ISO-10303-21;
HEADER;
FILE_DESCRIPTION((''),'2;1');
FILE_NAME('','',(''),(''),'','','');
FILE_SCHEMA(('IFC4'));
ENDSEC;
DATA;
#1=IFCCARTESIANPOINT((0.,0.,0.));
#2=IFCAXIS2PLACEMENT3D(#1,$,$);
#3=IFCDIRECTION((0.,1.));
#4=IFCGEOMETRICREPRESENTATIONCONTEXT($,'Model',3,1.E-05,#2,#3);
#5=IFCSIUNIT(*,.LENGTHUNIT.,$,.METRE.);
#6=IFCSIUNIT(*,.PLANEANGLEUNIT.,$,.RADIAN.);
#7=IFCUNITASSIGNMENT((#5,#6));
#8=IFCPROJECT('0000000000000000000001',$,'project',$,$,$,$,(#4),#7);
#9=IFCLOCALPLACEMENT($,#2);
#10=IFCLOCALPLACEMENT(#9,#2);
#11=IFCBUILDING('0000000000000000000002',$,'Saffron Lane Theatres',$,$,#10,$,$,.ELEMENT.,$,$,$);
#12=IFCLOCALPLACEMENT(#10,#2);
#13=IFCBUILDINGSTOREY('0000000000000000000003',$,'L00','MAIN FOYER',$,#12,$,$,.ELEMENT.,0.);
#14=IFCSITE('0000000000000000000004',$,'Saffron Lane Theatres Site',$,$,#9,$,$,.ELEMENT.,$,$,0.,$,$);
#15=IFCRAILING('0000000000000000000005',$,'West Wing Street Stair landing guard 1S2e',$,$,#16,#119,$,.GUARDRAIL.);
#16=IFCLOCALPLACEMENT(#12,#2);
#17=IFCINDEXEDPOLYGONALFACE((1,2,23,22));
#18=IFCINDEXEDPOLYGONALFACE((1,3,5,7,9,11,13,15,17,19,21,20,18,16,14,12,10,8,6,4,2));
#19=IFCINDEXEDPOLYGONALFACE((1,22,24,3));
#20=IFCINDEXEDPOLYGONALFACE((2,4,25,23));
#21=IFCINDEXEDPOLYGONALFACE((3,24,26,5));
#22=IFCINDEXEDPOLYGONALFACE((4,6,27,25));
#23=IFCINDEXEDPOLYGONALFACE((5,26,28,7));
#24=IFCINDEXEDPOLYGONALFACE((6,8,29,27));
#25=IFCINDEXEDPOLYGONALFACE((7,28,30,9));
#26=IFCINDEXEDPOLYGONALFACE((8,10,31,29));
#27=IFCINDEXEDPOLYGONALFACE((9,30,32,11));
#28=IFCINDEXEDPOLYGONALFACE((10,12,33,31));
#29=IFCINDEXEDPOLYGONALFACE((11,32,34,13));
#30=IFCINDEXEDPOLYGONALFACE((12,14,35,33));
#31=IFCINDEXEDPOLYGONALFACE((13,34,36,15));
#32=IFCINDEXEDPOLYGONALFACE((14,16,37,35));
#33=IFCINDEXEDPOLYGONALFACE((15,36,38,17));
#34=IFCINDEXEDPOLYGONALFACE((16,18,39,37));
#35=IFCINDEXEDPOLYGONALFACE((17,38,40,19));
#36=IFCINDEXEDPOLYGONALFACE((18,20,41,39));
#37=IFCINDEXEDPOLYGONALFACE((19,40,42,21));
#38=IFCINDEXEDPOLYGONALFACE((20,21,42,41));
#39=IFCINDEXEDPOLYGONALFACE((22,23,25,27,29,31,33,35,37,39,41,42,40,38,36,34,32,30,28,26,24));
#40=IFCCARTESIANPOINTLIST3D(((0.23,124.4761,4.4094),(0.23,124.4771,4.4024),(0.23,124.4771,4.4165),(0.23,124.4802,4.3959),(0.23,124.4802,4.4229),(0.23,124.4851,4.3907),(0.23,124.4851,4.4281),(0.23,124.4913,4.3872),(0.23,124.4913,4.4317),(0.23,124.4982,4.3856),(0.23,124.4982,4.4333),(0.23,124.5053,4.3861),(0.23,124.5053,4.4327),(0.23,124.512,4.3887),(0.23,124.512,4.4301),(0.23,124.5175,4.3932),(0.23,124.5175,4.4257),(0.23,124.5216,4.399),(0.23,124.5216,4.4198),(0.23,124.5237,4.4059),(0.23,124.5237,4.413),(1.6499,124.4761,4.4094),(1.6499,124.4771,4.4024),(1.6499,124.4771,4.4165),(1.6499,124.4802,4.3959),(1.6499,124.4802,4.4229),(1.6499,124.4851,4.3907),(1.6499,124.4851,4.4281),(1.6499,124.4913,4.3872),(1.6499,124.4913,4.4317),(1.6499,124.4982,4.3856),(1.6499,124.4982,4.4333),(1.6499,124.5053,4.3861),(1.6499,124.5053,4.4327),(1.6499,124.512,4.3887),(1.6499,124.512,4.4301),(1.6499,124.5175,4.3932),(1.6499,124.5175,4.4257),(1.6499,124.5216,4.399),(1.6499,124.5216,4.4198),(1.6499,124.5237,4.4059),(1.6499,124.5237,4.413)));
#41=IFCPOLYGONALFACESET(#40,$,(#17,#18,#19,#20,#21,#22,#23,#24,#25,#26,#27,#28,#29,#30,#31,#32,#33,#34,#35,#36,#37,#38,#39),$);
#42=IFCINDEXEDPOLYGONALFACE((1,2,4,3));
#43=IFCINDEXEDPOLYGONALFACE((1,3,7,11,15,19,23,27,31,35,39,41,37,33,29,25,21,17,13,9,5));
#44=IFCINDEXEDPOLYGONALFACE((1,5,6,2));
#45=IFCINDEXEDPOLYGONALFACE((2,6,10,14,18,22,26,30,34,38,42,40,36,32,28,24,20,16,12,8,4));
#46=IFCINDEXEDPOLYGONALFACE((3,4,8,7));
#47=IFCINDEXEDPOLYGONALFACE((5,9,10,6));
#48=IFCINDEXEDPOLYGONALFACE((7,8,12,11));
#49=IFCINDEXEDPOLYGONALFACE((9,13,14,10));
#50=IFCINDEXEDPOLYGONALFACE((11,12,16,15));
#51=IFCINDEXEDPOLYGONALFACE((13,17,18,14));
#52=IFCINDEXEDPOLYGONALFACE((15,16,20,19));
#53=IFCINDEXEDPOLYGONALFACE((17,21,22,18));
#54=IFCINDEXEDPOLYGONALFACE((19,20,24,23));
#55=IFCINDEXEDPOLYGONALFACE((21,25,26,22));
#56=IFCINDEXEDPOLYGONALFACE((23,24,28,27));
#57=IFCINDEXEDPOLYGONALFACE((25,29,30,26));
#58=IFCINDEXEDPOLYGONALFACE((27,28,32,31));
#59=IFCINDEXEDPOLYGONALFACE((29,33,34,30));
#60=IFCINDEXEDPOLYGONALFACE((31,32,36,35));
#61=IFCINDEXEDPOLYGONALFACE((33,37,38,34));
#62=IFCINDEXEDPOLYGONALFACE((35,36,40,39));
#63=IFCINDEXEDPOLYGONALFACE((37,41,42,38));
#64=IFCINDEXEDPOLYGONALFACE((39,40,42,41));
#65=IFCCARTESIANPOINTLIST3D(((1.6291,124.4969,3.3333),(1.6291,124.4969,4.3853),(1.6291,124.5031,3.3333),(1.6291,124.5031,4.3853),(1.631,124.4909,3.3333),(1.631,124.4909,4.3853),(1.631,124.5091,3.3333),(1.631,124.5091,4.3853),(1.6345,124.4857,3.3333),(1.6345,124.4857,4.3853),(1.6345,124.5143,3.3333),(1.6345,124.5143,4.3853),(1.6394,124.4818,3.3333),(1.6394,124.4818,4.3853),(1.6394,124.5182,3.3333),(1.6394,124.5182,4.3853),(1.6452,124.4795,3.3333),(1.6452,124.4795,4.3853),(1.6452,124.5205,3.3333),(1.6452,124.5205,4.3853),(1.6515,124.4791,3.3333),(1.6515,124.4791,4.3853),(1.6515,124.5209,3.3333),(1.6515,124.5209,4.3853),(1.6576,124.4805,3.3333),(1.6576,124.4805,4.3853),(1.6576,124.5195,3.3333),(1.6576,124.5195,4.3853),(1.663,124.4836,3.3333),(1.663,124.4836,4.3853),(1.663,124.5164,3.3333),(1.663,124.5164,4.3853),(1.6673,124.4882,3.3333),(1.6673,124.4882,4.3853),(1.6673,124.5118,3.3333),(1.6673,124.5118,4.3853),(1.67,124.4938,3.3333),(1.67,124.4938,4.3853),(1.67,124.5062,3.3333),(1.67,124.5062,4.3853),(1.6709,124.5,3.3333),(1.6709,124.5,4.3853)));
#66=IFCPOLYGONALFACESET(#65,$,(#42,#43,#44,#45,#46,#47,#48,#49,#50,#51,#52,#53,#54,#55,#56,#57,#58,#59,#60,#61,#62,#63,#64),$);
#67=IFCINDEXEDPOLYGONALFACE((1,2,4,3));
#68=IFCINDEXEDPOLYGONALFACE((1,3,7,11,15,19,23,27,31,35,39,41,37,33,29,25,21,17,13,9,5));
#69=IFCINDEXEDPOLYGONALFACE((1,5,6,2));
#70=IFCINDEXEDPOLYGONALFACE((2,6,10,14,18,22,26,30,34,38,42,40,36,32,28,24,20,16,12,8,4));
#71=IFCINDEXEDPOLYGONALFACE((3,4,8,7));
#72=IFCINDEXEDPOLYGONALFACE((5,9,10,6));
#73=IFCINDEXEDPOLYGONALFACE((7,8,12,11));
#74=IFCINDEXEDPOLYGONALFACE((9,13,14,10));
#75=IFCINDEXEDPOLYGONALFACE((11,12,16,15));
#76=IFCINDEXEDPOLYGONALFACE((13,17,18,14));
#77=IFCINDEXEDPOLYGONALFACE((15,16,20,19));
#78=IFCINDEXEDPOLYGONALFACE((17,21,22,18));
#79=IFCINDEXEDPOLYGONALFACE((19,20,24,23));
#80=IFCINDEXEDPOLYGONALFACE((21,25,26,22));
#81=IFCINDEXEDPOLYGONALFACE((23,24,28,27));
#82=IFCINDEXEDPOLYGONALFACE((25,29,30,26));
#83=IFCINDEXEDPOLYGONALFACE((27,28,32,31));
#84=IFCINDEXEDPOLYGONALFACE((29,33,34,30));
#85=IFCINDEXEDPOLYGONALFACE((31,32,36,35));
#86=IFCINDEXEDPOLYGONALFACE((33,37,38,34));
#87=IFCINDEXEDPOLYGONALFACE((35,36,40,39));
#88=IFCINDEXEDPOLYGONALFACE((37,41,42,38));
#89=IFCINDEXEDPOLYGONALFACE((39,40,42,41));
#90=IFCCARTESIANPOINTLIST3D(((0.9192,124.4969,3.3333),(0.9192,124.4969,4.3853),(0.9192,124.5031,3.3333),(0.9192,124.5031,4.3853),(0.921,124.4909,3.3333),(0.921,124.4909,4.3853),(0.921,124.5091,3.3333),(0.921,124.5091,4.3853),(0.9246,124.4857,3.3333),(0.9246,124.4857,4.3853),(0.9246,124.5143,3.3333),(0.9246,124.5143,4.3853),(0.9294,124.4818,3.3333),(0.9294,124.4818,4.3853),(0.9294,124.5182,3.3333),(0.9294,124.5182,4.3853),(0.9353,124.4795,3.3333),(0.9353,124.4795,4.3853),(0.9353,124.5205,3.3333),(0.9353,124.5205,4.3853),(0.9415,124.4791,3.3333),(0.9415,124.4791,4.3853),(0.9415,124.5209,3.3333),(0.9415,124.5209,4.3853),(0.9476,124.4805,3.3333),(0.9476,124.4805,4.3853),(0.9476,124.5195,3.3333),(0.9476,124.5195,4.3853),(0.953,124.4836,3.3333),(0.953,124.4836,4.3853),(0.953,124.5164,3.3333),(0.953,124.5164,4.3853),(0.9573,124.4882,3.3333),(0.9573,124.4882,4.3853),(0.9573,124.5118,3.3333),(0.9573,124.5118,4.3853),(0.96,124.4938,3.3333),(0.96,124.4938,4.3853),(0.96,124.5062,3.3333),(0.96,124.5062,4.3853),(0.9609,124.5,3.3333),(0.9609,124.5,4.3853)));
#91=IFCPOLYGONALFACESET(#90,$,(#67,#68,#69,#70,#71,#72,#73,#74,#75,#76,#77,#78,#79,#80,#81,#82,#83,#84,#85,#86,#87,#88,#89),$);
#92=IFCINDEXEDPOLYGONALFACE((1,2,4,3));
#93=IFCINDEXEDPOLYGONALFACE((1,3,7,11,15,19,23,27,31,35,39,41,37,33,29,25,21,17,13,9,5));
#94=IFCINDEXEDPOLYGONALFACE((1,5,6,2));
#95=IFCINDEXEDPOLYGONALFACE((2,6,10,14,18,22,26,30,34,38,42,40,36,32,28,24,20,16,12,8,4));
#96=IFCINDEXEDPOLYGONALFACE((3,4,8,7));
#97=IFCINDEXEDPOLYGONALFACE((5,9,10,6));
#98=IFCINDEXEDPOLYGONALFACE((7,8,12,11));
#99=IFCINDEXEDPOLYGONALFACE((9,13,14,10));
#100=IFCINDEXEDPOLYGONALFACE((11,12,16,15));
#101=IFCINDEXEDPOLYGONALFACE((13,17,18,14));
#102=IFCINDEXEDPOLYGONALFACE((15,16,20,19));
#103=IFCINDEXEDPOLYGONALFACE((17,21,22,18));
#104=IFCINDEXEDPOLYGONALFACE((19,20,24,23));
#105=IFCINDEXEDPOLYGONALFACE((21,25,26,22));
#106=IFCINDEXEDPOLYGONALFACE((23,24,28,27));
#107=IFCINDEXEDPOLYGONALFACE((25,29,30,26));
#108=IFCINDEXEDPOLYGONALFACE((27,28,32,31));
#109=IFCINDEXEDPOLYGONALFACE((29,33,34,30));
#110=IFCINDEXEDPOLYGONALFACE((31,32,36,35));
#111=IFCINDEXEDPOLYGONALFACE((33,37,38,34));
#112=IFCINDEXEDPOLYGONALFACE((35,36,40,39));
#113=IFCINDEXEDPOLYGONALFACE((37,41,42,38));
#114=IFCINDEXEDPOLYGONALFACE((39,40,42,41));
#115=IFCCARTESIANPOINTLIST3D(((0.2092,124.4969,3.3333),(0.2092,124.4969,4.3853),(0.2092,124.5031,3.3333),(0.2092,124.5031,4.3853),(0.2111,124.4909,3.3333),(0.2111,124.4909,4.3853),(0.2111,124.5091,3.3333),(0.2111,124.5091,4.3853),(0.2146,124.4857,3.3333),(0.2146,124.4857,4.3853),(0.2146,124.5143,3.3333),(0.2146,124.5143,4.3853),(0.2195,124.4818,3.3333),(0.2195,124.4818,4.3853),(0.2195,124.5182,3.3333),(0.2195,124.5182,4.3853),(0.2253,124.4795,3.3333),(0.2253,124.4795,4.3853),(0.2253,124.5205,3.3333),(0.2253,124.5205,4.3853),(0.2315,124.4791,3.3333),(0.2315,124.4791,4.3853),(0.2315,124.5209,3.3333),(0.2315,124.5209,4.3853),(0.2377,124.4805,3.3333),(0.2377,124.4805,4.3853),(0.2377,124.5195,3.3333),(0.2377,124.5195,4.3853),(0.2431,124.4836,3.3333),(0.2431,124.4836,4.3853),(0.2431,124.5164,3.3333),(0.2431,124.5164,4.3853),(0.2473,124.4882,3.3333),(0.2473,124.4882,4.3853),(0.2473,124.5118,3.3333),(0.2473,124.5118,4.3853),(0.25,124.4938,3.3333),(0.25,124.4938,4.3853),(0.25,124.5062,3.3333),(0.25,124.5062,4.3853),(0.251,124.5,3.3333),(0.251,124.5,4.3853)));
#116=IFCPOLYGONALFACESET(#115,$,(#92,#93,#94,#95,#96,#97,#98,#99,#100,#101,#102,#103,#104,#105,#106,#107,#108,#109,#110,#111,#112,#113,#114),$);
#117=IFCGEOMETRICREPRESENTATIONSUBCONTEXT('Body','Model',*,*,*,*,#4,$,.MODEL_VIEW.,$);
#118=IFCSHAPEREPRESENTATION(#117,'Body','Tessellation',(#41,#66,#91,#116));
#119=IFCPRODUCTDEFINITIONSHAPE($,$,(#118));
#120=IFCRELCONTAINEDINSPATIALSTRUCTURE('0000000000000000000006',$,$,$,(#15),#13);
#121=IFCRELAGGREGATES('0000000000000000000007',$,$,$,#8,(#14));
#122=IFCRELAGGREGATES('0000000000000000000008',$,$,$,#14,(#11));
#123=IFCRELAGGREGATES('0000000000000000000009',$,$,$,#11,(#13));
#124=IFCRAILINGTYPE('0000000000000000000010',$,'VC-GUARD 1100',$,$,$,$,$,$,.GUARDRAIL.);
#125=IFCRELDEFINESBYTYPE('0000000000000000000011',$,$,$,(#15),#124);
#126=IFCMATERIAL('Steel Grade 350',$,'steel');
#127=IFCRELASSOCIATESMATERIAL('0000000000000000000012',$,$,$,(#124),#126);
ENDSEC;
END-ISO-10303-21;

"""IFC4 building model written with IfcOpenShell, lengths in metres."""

from ifc_helpers import new_model, si_unit, direction, frame, origin, origin_2d, place, context, subcontext, project, spatial, circle, extrude, material, type_object, element, save


model = new_model("IFC4")

# Units and contexts
model_context = context("Model", 3, precision=1e-05, world=origin(), true_north=direction((0.0, 1.0)))
body_context = subcontext(model_context, "Body", "Model", "MODEL_VIEW")
ifc_project = project(units=[si_unit("LENGTHUNIT", "METRE"), si_unit("PLANEANGLEUNIT", "RADIAN")], contexts=[model_context])

# Site, building, storey
site_placement = place(None, origin())
site = spatial("IfcSite", under=ifc_project, at=site_placement, Name="Saffron Lane Theatres Site", CompositionType="ELEMENT", RefElevation=0.0)
building_placement = place(site_placement, origin())
building = spatial("IfcBuilding", under=site, at=building_placement, Name="Saffron Lane Theatres", CompositionType="ELEMENT")
storey_placement = place(building_placement, origin())
storey = spatial("IfcBuildingStorey", under=building, at=storey_placement, Name="L00", Description="MAIN FOYER", CompositionType="ELEMENT", Elevation=0.0)

# Railing
ifc_material_1 = material(Name="Steel Grade 350", Category="steel")
railing_type_1 = type_object("IfcRailingType", Name="VC-GUARD 1100", PredefinedType="GUARDRAIL", material=ifc_material_1)
railing_1_placement = place(storey_placement, frame((1.6499, 124.5, 3.3333)))
element("IfcRailing", 1, at=railing_1_placement, inside=storey, type_object=railing_type_1, Name="West Wing Street Stair landing guard 1S2e", PredefinedType="GUARDRAIL", context=body_context, shape_type="SweptSolid", body=[
    extrude(circle(Radius=0.0239, at=origin_2d()), frame((0.0, 0.0, 1.0762), z_axis=(-1.0, 0.0, 0.0), x_axis=(0.0, -1.0, 0.0)), (0.0, 0.0, 1.0), 1.4199),
    extrude(circle(Radius=0.021, at=origin_2d()), origin(), (0.0, 0.0, 1.0), 1.052),
    extrude(circle(Radius=0.021, at=origin_2d()), frame((-0.71, 0.0, 0.0)), (0.0, 0.0, 1.0), 1.052),
    extrude(circle(Radius=0.021, at=origin_2d()), frame((-1.4199, 0.0, 0.0)), (0.0, 0.0, 1.0), 1.052),
])

save(model, "model.ifc")
